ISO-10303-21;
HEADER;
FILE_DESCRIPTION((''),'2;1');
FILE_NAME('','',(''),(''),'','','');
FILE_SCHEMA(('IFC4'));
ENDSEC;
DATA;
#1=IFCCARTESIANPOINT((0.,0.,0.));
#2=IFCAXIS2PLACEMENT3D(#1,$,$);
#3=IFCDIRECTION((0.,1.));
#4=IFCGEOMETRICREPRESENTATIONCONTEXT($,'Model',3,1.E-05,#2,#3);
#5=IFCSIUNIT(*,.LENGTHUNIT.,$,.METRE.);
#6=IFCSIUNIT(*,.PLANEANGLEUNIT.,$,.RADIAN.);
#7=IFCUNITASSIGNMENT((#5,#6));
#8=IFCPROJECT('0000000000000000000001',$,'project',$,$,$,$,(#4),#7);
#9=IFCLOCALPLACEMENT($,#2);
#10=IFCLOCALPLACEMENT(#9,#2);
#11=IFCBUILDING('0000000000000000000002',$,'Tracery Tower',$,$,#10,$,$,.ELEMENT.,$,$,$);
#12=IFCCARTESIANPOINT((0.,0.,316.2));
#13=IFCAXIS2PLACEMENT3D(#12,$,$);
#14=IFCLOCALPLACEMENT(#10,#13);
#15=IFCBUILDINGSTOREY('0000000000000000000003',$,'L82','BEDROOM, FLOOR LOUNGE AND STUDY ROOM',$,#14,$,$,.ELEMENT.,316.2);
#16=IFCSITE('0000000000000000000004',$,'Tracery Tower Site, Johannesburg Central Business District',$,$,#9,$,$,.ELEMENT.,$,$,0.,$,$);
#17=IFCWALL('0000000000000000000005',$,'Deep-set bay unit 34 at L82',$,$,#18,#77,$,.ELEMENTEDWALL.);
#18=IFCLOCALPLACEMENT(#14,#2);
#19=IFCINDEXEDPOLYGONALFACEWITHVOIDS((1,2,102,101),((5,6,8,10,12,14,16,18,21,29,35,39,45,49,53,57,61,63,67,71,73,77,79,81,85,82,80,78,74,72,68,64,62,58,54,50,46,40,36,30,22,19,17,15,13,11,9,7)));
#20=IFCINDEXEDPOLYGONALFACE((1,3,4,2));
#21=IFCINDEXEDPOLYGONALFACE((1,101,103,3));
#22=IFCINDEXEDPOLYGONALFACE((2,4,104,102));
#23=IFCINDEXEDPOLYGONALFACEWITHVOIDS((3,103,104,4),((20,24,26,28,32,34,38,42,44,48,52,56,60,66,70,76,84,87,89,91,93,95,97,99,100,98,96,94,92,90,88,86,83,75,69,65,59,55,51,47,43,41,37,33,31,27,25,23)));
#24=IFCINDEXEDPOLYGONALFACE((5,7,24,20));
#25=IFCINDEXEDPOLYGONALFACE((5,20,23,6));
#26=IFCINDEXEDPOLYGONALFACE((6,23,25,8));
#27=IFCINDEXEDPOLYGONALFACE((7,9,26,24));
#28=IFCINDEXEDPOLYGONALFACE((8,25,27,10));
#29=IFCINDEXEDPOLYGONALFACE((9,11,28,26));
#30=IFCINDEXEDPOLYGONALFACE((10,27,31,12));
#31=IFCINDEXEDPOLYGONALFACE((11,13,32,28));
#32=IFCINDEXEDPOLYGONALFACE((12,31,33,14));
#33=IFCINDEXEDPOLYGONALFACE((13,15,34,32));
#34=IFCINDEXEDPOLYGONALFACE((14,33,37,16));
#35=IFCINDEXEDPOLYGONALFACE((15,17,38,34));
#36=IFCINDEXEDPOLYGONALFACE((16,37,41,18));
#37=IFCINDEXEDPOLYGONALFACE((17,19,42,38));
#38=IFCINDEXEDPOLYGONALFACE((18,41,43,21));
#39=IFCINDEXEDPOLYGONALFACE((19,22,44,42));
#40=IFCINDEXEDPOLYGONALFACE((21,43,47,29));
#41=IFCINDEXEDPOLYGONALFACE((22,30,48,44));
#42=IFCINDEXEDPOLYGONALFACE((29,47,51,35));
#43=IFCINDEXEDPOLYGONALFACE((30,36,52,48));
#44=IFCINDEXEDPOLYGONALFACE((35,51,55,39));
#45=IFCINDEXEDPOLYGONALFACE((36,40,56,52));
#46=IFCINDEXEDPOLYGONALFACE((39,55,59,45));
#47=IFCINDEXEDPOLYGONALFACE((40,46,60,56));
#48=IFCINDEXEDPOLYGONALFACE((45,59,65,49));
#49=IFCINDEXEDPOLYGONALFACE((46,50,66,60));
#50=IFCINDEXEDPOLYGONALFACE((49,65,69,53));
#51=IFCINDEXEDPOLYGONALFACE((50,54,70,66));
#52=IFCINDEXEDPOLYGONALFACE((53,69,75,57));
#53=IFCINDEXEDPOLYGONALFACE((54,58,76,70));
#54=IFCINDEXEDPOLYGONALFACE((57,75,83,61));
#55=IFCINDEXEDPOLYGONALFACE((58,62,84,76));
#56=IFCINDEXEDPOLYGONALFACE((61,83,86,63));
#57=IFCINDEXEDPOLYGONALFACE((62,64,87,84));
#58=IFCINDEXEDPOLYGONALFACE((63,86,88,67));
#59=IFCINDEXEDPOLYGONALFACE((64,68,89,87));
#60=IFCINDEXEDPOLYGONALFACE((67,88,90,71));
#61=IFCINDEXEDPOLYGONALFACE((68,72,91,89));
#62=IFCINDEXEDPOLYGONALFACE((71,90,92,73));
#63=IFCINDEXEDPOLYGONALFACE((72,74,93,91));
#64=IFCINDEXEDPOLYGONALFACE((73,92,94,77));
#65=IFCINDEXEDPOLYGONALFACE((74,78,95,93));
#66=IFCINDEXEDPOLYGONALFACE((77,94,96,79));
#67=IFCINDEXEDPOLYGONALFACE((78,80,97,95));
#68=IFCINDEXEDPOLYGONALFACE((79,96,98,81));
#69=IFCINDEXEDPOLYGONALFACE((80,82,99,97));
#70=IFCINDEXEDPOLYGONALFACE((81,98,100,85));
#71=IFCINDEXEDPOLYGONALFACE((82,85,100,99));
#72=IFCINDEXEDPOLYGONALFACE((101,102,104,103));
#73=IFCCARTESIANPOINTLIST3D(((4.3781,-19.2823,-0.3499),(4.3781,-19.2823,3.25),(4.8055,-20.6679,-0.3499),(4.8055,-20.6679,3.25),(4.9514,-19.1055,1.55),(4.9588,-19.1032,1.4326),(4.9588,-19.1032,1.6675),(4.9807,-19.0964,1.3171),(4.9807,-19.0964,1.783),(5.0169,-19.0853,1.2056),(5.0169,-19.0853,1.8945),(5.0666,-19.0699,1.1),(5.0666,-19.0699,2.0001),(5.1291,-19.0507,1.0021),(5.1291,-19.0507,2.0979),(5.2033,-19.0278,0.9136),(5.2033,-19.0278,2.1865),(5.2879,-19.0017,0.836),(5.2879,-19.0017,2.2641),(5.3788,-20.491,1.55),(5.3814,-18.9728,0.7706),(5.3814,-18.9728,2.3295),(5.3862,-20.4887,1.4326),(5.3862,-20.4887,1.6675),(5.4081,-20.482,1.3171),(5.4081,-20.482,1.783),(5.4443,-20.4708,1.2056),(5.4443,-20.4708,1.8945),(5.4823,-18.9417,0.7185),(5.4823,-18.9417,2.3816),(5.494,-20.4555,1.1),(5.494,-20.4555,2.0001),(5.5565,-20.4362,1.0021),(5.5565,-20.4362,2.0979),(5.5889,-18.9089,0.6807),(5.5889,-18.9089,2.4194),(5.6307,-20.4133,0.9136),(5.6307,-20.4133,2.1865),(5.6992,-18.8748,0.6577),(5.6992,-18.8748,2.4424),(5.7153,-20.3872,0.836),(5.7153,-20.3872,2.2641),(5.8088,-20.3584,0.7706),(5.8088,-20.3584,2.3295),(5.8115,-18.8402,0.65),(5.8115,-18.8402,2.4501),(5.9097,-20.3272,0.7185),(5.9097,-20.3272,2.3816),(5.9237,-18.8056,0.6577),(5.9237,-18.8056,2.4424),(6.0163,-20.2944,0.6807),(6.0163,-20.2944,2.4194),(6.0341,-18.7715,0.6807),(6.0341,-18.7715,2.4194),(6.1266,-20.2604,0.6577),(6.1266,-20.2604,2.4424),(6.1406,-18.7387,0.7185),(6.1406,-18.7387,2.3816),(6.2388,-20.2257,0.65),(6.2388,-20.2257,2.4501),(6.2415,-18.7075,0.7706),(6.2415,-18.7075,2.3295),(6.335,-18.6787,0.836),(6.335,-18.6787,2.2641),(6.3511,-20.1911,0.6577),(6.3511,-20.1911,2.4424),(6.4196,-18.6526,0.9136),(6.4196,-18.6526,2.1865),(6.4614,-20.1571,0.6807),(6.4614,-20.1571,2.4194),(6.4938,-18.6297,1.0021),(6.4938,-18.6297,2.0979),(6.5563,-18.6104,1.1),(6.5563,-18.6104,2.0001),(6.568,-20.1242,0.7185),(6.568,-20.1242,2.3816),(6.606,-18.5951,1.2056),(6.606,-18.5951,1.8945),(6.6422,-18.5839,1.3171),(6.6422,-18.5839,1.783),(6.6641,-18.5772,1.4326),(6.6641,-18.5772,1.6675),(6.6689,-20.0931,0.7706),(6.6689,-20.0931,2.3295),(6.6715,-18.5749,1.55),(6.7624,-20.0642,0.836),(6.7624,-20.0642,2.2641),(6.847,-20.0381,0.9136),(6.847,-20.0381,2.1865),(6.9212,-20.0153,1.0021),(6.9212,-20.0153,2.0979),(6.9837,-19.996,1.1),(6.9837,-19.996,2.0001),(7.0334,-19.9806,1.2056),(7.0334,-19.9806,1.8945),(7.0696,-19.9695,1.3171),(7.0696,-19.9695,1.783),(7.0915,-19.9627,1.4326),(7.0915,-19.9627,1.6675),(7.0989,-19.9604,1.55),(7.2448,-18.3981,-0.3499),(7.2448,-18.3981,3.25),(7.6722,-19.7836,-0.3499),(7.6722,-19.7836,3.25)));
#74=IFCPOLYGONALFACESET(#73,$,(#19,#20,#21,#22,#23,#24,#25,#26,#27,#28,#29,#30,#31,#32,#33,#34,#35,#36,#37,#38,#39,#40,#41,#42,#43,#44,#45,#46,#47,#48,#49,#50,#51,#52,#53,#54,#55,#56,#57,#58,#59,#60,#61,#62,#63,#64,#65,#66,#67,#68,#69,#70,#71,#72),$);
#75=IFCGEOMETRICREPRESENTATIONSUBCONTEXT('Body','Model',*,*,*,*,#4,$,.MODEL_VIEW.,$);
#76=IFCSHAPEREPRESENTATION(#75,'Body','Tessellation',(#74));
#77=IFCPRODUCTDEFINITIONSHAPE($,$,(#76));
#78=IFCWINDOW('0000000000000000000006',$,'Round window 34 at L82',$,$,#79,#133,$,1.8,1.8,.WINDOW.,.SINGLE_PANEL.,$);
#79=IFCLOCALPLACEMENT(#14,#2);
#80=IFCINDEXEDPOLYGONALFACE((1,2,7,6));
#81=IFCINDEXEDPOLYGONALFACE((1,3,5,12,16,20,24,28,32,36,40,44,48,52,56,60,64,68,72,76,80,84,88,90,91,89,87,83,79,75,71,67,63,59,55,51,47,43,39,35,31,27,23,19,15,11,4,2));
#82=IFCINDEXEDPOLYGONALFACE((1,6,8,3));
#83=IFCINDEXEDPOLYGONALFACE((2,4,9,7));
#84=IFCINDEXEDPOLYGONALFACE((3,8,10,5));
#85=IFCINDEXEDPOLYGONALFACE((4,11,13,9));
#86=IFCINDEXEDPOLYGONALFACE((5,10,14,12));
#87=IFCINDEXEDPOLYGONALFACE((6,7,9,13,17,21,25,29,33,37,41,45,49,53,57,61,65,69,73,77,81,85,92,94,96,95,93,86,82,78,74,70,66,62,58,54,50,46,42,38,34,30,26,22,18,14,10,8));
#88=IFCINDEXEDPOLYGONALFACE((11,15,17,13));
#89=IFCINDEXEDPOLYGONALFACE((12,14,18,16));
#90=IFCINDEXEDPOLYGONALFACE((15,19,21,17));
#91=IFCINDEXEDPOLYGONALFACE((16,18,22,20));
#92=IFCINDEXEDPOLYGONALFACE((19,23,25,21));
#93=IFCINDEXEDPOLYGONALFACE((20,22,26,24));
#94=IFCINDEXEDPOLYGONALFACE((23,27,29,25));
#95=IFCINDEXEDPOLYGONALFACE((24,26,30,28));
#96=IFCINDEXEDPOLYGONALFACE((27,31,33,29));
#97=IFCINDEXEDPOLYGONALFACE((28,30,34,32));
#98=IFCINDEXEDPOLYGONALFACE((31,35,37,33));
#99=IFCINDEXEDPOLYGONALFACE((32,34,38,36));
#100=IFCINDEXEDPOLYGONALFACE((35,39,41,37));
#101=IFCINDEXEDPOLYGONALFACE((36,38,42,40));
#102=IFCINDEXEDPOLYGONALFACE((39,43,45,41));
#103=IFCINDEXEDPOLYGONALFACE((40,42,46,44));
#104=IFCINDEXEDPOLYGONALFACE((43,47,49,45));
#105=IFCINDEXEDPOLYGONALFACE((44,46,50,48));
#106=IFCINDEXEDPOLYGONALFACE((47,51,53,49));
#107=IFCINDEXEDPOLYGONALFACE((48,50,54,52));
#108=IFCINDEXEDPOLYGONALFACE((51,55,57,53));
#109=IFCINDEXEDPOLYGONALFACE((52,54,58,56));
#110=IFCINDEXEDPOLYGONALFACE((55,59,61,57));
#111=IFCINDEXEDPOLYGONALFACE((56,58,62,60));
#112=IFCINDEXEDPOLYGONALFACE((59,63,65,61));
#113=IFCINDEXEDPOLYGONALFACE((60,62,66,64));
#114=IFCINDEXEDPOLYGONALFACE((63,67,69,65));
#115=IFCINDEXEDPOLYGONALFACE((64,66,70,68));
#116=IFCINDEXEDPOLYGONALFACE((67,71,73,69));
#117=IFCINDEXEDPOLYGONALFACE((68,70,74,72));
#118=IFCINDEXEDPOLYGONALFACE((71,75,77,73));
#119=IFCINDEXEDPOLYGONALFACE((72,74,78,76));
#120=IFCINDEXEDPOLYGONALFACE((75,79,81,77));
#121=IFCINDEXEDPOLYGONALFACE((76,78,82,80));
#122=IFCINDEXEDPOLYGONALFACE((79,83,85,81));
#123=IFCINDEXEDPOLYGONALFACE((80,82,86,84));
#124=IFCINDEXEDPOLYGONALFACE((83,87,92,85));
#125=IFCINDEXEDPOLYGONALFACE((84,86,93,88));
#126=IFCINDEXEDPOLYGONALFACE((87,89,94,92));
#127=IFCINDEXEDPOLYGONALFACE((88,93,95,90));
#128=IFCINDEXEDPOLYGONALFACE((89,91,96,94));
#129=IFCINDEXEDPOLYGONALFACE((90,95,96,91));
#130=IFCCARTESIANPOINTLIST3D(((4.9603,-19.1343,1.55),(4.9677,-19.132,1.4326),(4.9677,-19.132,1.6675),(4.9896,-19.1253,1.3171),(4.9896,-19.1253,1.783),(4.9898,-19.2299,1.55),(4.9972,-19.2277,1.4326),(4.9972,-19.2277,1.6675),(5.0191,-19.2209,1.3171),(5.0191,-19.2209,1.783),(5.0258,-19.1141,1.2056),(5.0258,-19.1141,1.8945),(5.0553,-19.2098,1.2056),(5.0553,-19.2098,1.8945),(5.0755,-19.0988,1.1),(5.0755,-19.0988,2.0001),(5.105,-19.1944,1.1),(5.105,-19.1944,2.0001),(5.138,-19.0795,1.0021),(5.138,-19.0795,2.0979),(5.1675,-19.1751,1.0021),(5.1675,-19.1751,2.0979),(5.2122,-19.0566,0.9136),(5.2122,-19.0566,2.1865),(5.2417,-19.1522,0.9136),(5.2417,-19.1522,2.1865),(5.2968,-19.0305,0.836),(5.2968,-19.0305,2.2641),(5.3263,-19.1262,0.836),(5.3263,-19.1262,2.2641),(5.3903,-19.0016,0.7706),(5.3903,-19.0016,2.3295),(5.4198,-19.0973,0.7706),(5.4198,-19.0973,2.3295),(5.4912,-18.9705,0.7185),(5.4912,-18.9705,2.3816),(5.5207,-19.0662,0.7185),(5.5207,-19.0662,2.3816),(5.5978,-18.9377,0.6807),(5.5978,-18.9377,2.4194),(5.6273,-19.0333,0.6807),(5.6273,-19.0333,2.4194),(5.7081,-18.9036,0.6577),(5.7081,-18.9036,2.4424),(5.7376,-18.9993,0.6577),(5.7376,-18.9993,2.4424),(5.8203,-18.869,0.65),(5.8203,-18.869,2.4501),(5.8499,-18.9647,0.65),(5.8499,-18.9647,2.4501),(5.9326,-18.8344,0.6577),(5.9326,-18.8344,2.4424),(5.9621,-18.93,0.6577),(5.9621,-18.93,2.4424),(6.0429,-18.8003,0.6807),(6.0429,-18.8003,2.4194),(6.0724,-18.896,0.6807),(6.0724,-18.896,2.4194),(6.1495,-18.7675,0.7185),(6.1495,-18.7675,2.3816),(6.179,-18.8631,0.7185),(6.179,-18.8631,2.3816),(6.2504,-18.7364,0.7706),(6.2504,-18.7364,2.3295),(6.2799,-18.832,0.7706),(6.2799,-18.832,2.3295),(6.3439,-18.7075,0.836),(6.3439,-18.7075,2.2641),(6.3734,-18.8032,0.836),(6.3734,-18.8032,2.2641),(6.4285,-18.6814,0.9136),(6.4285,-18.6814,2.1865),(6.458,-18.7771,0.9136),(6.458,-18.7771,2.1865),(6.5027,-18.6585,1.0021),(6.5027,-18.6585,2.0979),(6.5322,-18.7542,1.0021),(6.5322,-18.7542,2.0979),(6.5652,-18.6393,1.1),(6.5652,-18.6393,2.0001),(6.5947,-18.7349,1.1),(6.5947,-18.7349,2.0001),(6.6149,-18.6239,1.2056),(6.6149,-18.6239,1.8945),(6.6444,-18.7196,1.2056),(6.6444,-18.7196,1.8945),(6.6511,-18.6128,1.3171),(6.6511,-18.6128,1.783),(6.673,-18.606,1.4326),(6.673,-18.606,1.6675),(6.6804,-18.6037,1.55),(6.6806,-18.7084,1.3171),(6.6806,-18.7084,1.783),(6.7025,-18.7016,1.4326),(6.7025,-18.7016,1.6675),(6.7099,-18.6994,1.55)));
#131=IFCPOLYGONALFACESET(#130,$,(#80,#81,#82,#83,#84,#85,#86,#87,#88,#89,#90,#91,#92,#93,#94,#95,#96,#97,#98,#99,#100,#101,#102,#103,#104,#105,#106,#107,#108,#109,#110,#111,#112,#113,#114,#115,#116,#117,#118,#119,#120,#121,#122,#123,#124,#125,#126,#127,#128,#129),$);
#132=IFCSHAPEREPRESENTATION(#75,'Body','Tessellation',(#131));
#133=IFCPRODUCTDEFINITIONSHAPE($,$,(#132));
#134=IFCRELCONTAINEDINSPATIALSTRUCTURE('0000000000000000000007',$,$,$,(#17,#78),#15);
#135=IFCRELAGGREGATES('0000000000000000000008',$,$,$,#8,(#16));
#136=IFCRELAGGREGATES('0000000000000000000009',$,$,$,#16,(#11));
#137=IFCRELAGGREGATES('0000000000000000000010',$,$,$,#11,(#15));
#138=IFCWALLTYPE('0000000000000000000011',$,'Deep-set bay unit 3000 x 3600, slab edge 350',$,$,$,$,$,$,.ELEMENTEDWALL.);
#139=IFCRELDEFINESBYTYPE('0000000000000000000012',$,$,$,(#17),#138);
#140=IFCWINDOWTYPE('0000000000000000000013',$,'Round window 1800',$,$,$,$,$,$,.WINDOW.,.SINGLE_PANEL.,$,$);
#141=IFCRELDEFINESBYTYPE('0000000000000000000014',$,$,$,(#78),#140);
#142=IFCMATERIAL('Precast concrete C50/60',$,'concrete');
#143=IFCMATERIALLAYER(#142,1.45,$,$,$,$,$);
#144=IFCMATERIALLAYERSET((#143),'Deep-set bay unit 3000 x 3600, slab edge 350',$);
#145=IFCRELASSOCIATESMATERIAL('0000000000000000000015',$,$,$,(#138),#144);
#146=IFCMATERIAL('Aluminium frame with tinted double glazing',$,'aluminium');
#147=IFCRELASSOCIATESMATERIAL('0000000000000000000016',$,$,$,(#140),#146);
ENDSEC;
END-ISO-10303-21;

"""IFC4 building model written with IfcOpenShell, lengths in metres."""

from ifc_helpers import new_model, si_unit, direction, frame, frame_2d, origin, origin_2d, place, context, subcontext, project, spatial, rectangle, circle, extrude, material, layer, layer_set, type_object, element, fill, save


model = new_model("IFC4")

# Units and contexts
model_context = context("Model", 3, precision=1e-05, world=origin(), true_north=direction((0.0, 1.0)))
body_context = subcontext(model_context, "Body", "Model", "MODEL_VIEW")
ifc_project = project(units=[si_unit("LENGTHUNIT", "METRE"), si_unit("PLANEANGLEUNIT", "RADIAN")], contexts=[model_context])

# Site, building, storey
site_placement = place(None, origin())
site = spatial("IfcSite", under=ifc_project, at=site_placement, Name="Tracery Tower Site, Johannesburg Central Business District", CompositionType="ELEMENT", RefElevation=0.0)
building_placement = place(site_placement, origin())
building = spatial("IfcBuilding", under=site, at=building_placement, Name="Tracery Tower", CompositionType="ELEMENT")
storey_placement = place(building_placement, frame((0.0, 0.0, 316.2)))
storey = spatial("IfcBuildingStorey", under=building, at=storey_placement, Name="L82", Description="BEDROOM, FLOOR LOUNGE AND STUDY ROOM", CompositionType="ELEMENT", Elevation=316.2)

# Wall, opening, window
ifc_material_1 = material(Name="Precast concrete C50/60", Category="concrete")
ifc_layer_1 = layer(ifc_material_1, 1.45)
ifc_layer_set_1 = layer_set([ifc_layer_1], Name="Deep-set bay unit 3000 x 3600, slab edge 350")
wall_type_1 = type_object("IfcWallType", Name="Deep-set bay unit 3000 x 3600, slab edge 350", PredefinedType="ELEMENTEDWALL", material=ifc_layer_set_1)
wall_1_placement = place(storey_placement, frame((4.5918, -19.9751, -0.3499), z_axis=(0.0, 0.0, 1.0), x_axis=(0.955571, 0.294761, 0.0)))
wall_1 = element("IfcWall", 1, at=wall_1_placement, inside=storey, type_object=wall_type_1, Name="Deep-set bay unit 34 at L82", PredefinedType="ELEMENTEDWALL", context=body_context, shape_type="SweptSolid", body=[
    extrude(rectangle(XDim=3.0, YDim=1.45, at=frame_2d((1.5, 0.0))), origin(), (0.0, 0.0, 1.0), 3.5999),
])
opening_1_placement = place(wall_1_placement, frame((1.5, 0.0, 1.8999)))
opening_1 = element("IfcOpeningElement", 2, at=opening_1_placement, cuts=wall_1, PredefinedType="OPENING", context=body_context, shape_type="SweptSolid", body=[
    extrude(circle(Radius=0.9, at=origin_2d()), frame((0.0, 0.7349, 0.0), z_axis=(0.0, -1.0, 0.0), x_axis=(1.0, 0.0, 0.0)), (0.0, 0.0, 1.0), 1.47),
])
ifc_material_2 = material(Name="Aluminium frame with tinted double glazing", Category="aluminium")
window_type = type_object("IfcWindowType", Name="Round window 1800", PartitioningType="SINGLE_PANEL", PredefinedType="WINDOW", material=ifc_material_2)
window_1_placement = place(opening_1_placement, origin())
window_1 = element("IfcWindow", 3, at=window_1_placement, inside=storey, type_object=window_type, Name="Round window 34 at L82", OverallHeight=1.8, OverallWidth=1.8, PartitioningType="SINGLE_PANEL", PredefinedType="WINDOW", context=body_context, shape_type="SweptSolid", body=[
    extrude(circle(Radius=0.9, at=origin_2d()), frame((0.0, 0.6948, 0.0), z_axis=(0.0, -1.0, 0.0), x_axis=(1.0, 0.0, 0.0)), (0.0, 0.0, 1.0), 0.1001),
])
fill(opening_1, window_1)

save(model, "model.ifc")
